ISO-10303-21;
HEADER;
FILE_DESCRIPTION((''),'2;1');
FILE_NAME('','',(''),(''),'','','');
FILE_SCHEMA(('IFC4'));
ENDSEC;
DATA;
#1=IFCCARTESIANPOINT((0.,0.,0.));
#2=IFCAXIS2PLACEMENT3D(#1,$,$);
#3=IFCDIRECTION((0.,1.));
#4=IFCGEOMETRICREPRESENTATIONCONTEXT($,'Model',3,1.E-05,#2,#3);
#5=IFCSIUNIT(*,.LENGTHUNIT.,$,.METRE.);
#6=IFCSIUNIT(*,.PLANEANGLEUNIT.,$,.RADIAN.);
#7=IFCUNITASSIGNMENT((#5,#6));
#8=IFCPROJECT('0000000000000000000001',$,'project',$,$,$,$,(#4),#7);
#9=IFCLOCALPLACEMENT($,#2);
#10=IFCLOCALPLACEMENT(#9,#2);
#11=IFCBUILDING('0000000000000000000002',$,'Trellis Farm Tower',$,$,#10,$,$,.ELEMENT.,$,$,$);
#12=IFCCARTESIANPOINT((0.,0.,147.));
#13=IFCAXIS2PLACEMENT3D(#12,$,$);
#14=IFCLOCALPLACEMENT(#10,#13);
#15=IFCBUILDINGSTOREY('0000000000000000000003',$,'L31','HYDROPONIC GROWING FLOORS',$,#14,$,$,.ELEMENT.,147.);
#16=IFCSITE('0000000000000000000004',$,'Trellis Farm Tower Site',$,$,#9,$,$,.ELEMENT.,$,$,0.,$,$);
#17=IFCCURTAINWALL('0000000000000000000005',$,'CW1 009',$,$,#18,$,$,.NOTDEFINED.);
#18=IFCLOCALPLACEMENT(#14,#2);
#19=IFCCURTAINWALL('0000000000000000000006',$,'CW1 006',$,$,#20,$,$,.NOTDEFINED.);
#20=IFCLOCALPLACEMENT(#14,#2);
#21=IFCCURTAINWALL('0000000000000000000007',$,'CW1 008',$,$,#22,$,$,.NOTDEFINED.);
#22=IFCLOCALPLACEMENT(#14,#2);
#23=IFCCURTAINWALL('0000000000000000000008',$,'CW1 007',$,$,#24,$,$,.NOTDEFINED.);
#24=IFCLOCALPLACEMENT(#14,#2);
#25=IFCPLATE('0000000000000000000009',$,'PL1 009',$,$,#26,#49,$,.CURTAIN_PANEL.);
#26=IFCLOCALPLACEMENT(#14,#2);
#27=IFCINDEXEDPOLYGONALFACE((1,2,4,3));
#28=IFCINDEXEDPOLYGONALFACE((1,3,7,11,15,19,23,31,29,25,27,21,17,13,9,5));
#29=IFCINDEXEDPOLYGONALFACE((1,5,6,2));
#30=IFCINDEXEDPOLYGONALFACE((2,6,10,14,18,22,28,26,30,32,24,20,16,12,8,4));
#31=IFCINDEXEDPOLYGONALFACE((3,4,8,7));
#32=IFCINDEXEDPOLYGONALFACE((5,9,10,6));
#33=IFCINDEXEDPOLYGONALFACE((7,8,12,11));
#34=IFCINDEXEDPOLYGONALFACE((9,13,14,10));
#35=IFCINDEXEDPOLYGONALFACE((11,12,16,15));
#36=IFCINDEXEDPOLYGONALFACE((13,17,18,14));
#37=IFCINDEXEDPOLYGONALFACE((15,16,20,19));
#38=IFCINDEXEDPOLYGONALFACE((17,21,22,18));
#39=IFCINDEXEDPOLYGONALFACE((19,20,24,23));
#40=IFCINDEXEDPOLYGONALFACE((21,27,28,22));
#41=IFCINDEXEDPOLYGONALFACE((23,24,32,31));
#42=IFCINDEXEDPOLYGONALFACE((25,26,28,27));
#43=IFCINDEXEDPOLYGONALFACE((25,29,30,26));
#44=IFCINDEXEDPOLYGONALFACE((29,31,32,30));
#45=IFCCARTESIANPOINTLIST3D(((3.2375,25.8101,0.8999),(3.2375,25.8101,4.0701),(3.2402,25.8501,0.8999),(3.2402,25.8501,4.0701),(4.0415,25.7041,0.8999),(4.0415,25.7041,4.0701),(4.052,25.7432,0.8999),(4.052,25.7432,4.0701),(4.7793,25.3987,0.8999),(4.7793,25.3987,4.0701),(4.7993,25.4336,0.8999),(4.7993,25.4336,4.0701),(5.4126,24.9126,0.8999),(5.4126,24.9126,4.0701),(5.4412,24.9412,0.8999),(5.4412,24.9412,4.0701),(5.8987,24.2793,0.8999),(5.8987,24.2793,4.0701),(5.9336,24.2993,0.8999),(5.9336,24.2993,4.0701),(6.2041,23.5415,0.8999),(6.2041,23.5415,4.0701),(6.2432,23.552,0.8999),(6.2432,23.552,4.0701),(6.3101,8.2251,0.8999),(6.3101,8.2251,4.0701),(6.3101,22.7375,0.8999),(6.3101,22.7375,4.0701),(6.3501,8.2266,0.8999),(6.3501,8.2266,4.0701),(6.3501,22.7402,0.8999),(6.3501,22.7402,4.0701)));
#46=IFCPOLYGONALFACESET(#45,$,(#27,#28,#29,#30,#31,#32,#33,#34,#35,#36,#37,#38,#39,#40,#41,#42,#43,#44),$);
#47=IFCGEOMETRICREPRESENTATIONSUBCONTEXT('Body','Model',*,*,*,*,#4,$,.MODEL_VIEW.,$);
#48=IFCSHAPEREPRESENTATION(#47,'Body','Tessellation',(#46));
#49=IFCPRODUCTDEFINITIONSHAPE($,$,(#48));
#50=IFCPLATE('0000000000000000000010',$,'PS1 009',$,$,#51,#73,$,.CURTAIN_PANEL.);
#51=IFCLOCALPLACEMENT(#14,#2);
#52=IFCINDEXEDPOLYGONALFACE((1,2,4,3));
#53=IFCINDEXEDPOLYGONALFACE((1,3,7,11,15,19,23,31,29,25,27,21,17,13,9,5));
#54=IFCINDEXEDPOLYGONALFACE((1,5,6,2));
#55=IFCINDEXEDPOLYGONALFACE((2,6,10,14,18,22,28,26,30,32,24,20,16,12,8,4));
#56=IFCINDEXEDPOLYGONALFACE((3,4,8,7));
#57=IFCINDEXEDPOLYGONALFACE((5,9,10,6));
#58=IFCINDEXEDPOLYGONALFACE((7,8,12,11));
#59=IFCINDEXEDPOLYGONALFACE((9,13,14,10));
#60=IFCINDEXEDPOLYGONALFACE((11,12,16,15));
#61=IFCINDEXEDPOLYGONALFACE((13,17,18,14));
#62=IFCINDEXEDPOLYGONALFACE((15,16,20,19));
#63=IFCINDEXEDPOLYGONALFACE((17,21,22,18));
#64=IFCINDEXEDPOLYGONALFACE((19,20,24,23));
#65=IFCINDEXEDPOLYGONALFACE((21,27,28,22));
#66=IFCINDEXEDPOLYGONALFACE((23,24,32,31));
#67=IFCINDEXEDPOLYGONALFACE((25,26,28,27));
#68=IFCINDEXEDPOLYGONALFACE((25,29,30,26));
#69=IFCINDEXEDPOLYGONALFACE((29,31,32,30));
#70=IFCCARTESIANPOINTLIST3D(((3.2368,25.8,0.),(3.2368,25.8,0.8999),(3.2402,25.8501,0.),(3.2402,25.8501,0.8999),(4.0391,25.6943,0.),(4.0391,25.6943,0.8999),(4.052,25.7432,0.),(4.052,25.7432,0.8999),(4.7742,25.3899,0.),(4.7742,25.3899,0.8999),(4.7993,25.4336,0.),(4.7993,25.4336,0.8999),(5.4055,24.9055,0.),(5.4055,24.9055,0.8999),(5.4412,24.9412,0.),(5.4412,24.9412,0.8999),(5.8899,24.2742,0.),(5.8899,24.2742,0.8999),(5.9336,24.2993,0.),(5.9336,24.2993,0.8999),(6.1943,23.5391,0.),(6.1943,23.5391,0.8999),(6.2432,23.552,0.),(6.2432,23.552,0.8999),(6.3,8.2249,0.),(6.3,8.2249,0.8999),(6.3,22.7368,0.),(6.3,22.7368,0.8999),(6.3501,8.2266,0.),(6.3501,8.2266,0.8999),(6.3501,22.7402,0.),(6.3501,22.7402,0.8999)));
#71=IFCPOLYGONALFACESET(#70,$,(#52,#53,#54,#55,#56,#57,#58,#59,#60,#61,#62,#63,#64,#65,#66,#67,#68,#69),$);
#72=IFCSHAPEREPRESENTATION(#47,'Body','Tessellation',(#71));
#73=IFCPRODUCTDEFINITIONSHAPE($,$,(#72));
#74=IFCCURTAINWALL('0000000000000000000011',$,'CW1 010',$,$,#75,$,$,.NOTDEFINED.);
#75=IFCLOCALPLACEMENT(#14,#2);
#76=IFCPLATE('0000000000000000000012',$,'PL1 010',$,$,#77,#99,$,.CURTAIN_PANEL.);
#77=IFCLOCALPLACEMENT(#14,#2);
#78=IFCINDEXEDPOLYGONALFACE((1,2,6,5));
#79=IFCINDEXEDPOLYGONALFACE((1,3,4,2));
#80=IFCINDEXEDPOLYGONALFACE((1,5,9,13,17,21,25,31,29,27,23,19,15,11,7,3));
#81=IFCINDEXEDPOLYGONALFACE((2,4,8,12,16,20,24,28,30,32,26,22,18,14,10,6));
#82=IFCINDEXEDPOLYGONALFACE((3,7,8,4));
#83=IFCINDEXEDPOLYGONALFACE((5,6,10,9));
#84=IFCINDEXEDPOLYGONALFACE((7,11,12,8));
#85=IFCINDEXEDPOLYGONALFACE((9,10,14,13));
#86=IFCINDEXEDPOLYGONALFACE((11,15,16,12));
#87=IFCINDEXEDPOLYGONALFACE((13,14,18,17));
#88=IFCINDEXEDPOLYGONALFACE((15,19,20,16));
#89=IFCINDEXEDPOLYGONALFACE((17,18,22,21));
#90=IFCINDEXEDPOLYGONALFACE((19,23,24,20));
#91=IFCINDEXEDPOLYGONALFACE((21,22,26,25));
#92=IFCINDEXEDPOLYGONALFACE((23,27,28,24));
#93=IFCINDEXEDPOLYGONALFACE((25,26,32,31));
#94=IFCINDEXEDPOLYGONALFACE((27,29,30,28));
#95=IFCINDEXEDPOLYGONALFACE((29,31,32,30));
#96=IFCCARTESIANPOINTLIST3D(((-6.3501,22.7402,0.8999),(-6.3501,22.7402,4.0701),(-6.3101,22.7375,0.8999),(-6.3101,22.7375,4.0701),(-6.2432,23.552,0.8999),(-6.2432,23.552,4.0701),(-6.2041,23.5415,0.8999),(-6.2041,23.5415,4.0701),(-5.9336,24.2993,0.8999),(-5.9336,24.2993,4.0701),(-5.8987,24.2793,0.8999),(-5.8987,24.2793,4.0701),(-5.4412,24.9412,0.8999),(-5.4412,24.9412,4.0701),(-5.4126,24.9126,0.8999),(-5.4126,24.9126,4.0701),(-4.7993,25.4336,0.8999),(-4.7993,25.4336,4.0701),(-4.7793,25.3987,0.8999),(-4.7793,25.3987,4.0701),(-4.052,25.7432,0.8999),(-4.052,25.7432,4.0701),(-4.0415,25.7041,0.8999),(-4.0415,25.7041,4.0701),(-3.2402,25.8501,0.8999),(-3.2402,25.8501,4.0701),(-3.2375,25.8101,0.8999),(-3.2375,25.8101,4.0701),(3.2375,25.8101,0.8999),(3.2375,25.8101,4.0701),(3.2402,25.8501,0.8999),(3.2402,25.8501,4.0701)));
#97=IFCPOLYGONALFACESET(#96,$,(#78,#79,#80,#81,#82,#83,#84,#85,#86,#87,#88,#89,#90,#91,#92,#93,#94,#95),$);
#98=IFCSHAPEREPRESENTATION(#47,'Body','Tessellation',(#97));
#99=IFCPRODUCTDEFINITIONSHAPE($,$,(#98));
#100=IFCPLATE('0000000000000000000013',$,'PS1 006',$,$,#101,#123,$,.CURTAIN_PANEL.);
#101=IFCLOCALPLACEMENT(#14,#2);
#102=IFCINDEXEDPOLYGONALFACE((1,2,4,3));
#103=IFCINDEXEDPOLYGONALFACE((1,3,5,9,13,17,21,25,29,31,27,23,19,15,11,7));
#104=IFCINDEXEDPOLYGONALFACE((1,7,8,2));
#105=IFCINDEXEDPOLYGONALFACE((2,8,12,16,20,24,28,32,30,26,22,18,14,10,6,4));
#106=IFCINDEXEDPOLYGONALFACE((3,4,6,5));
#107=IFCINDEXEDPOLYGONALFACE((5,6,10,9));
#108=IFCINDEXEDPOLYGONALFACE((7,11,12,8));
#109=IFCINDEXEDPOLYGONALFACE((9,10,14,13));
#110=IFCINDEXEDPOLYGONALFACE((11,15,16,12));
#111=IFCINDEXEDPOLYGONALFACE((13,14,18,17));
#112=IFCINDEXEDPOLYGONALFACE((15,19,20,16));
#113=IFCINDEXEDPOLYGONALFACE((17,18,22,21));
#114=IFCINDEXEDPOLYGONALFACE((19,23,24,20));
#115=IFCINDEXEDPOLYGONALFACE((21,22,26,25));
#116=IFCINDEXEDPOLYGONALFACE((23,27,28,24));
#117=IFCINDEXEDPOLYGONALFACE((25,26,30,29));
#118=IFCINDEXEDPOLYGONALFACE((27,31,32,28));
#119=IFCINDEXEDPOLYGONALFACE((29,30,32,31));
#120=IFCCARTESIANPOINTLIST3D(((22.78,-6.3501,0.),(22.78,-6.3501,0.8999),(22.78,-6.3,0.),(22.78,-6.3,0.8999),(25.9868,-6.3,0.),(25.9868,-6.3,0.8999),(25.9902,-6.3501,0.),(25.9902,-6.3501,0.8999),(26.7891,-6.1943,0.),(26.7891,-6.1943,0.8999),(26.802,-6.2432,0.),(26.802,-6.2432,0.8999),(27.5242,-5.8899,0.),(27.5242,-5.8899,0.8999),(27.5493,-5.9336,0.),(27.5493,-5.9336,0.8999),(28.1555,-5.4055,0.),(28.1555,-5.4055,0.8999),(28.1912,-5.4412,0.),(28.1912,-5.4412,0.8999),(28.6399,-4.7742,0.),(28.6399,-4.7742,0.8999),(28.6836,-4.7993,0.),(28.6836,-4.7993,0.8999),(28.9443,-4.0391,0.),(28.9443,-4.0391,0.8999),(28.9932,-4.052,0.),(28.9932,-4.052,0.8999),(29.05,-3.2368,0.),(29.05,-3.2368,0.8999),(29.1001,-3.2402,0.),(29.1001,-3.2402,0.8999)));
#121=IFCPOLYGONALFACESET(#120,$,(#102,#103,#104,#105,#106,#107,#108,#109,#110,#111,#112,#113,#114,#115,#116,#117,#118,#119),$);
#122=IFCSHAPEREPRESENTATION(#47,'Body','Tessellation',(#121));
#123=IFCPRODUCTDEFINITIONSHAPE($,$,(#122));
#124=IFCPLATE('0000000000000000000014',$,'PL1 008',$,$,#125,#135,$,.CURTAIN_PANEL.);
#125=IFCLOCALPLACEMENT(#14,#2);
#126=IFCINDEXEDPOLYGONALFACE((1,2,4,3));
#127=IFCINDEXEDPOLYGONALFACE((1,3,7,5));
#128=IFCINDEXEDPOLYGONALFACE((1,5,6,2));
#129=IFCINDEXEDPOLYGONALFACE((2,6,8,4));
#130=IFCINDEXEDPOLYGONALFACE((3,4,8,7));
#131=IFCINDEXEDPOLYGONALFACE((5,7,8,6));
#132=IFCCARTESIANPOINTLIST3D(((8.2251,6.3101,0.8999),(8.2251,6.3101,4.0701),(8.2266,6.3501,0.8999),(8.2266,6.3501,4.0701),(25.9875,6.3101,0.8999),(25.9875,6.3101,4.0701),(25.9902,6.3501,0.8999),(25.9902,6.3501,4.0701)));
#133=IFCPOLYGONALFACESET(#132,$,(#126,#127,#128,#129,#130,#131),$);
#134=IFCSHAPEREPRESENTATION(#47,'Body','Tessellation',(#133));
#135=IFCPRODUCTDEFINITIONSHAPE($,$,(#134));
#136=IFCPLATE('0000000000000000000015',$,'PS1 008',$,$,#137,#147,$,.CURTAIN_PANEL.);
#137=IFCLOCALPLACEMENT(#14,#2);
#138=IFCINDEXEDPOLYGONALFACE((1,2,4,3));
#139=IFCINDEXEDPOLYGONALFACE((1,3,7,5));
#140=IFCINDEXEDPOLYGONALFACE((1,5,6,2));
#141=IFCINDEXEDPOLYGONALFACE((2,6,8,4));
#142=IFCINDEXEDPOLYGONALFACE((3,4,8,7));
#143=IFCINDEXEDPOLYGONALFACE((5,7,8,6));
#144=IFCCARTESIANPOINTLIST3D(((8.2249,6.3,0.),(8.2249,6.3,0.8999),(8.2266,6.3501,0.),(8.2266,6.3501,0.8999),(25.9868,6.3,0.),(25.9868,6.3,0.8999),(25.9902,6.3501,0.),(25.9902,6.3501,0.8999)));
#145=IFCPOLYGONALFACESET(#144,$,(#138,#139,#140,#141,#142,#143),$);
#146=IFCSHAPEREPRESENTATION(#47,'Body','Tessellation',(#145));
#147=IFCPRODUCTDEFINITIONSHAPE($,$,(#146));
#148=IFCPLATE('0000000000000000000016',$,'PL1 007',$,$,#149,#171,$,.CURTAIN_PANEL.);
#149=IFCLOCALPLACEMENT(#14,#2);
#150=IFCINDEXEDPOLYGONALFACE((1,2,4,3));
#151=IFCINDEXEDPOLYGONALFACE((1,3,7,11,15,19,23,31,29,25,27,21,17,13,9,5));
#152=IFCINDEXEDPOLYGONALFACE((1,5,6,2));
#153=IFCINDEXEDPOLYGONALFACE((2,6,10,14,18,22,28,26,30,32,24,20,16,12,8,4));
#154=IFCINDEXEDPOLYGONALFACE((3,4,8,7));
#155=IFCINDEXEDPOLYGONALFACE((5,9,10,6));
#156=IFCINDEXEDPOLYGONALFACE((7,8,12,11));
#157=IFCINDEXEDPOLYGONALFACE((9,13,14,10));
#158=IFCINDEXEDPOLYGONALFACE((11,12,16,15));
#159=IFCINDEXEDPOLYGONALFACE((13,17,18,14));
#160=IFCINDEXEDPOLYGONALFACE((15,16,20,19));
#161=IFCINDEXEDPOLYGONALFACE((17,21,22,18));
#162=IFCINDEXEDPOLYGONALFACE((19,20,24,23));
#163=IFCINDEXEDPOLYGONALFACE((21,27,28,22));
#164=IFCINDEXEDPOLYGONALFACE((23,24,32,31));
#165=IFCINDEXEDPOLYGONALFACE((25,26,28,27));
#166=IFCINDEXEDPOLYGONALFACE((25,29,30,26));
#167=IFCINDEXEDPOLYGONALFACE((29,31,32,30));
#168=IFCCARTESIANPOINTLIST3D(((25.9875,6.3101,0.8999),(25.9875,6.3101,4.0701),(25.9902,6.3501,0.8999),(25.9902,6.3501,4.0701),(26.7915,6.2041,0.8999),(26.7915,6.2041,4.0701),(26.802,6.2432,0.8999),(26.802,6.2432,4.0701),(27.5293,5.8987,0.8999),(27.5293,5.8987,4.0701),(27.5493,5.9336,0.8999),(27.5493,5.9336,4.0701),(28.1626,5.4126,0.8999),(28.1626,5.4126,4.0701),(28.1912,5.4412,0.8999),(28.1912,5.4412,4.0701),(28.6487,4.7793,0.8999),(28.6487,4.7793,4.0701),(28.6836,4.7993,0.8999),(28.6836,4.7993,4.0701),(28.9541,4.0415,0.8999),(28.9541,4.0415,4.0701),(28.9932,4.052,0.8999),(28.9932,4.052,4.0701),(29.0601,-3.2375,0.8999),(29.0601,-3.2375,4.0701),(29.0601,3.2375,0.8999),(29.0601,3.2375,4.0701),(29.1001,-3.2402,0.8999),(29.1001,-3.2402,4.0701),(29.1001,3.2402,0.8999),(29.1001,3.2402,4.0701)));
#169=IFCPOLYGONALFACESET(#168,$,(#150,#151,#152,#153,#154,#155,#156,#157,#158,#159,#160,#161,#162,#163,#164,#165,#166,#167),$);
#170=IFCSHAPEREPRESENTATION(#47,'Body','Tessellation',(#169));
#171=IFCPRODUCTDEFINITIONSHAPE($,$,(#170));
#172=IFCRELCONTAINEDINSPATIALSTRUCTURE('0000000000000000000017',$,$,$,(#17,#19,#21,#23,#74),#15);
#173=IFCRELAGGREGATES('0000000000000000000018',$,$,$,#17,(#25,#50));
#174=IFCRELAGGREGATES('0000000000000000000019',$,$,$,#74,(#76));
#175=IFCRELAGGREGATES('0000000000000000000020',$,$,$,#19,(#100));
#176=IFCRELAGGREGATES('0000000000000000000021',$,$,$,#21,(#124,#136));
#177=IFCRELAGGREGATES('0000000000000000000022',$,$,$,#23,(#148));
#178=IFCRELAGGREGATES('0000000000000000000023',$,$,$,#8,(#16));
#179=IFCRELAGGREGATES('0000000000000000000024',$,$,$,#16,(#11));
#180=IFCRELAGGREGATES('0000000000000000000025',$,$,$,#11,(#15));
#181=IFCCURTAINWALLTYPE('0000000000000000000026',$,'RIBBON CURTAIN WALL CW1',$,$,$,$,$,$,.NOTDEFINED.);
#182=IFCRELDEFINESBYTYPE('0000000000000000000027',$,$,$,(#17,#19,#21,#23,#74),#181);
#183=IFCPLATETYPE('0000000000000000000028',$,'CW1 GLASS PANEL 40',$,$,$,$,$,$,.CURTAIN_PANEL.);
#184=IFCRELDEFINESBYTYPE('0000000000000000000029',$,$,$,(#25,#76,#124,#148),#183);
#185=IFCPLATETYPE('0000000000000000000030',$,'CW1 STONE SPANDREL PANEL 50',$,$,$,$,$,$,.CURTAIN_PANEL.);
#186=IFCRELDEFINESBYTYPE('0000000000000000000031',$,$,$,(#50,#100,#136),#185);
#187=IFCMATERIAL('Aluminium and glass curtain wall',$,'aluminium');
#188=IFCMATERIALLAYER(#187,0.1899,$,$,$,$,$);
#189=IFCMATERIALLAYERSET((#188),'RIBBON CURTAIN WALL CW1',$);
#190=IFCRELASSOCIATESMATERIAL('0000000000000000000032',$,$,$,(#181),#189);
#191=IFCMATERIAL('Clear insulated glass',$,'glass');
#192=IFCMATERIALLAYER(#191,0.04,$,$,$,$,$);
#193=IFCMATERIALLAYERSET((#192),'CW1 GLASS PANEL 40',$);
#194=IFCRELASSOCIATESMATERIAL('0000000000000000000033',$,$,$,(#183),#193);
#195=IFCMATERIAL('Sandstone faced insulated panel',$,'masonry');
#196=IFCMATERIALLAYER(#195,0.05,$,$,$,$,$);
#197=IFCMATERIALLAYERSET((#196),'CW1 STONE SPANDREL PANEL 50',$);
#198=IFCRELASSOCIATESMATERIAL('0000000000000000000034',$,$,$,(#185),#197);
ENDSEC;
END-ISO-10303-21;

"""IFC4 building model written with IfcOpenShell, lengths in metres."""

from ifc_helpers import new_model, si_unit, direction, frame, origin, place, context, subcontext, project, spatial, polyline, outline, extrude, source, transform, mapped, material, layer, layer_set, type_object, element, aggregate, save


model = new_model("IFC4")

# Units and contexts
model_context = context("Model", 3, precision=1e-05, world=origin(), true_north=direction((0.0, 1.0)))
body_context = subcontext(model_context, "Body", "Model", "MODEL_VIEW")
ifc_project = project(units=[si_unit("LENGTHUNIT", "METRE"), si_unit("PLANEANGLEUNIT", "RADIAN")], contexts=[model_context])

# Site, building, storey
site_placement = place(None, origin())
site = spatial("IfcSite", under=ifc_project, at=site_placement, Name="Trellis Farm Tower Site", CompositionType="ELEMENT", RefElevation=0.0)
building_placement = place(site_placement, origin())
building = spatial("IfcBuilding", under=site, at=building_placement, Name="Trellis Farm Tower", CompositionType="ELEMENT")
storey_placement = place(building_placement, frame((0.0, 0.0, 147.0)))
storey = spatial("IfcBuildingStorey", under=building, at=storey_placement, Name="L31", Description="HYDROPONIC GROWING FLOORS", CompositionType="ELEMENT", Elevation=147.0)

# Curtain walls
ifc_material_1 = material(Name="Aluminium and glass curtain wall", Category="aluminium")
placement_1 = place(storey_placement, origin())
ifc_layer_1 = layer(ifc_material_1, 0.1899)
ifc_layer_set_1 = layer_set([ifc_layer_1], Name="RIBBON CURTAIN WALL CW1")
curtain_wall_type_1 = type_object("IfcCurtainWallType", Name="RIBBON CURTAIN WALL CW1", PredefinedType="NOTDEFINED", material=ifc_layer_set_1)
curtain_wall_1 = element("IfcCurtainWall", 1, at=placement_1, inside=storey, type_object=curtain_wall_type_1, Name="CW1 009", PredefinedType="NOTDEFINED")
curtain_wall_2 = element("IfcCurtainWall", 2, at=placement_1, inside=storey, type_object=curtain_wall_type_1, Name="CW1 006", PredefinedType="NOTDEFINED")
curtain_wall_3 = element("IfcCurtainWall", 3, at=placement_1, inside=storey, type_object=curtain_wall_type_1, Name="CW1 008", PredefinedType="NOTDEFINED")
curtain_wall_4 = element("IfcCurtainWall", 4, at=placement_1, inside=storey, type_object=curtain_wall_type_1, Name="CW1 007", PredefinedType="NOTDEFINED")

# Plates
ifc_material_2 = material(Name="Clear insulated glass", Category="glass")
ifc_layer_2 = layer(ifc_material_2, 0.04)
ifc_layer_set_2 = layer_set([ifc_layer_2], Name="CW1 GLASS PANEL 40")
plate_type_1 = type_object("IfcPlateType", Name="CW1 GLASS PANEL 40", PredefinedType="CURTAIN_PANEL", material=ifc_layer_set_2)
shared_shape_1 = source(origin(), body_context, "Body", "SweptSolid", [
    extrude(outline(polyline([(6.3501, 8.2266), (6.3501, 22.7402), (6.2432, 23.552), (5.9336, 24.2993), (5.4412, 24.9412), (4.7993, 25.4336), (4.052, 25.7432), (3.2402, 25.8501), (3.2375, 25.8101), (4.0415, 25.7041), (4.7793, 25.3987), (5.4126, 24.9126), (5.8987, 24.2793), (6.2041, 23.5415), (6.3101, 22.7375), (6.3101, 8.2251), (6.3501, 8.2266)])), origin(), (0.0, 0.0, 1.0), 3.1702),
])
placement_2 = place(storey_placement, frame((0.0, 0.0, 0.8999)))
plate_1 = element("IfcPlate", 5, at=placement_2, type_object=plate_type_1, Name="PL1 009", PredefinedType="CURTAIN_PANEL", context=body_context, shape_type="MappedRepresentation", body=[
    mapped(shared_shape_1, transform((0.0, 0.0, 0.0))),
])
ifc_material_3 = material(Name="Sandstone faced insulated panel", Category="masonry")
ifc_layer_3 = layer(ifc_material_3, 0.05)
ifc_layer_set_3 = layer_set([ifc_layer_3], Name="CW1 STONE SPANDREL PANEL 50")
plate_type_2 = type_object("IfcPlateType", Name="CW1 STONE SPANDREL PANEL 50", PredefinedType="CURTAIN_PANEL", material=ifc_layer_set_3)
shared_shape_2 = source(origin(), body_context, "Body", "SweptSolid", [
    extrude(outline(polyline([(6.3501, 8.2266), (6.3501, 22.7402), (6.2432, 23.552), (5.9336, 24.2993), (5.4412, 24.9412), (4.7993, 25.4336), (4.052, 25.7432), (3.2402, 25.8501), (3.2368, 25.8), (4.0391, 25.6943), (4.7742, 25.3899), (5.4055, 24.9055), (5.8899, 24.2742), (6.1943, 23.5391), (6.3, 22.7368), (6.3, 8.2249), (6.3501, 8.2266)])), origin(), (0.0, 0.0, 1.0), 0.8999),
])
plate_2 = element("IfcPlate", 6, at=placement_1, type_object=plate_type_2, Name="PS1 009", PredefinedType="CURTAIN_PANEL", context=body_context, shape_type="MappedRepresentation", body=[
    mapped(shared_shape_2, transform((0.0, 0.0, 0.0))),
])
aggregate(curtain_wall_1, [plate_1, plate_2])

# Curtain wall, plate
curtain_wall_5 = element("IfcCurtainWall", 7, at=placement_1, inside=storey, type_object=curtain_wall_type_1, Name="CW1 010", PredefinedType="NOTDEFINED")
shared_shape_3 = source(origin(), body_context, "Body", "SweptSolid", [
    extrude(outline(polyline([(3.2402, 25.8501), (-3.2402, 25.8501), (-4.052, 25.7432), (-4.7993, 25.4336), (-5.4412, 24.9412), (-5.9336, 24.2993), (-6.2432, 23.552), (-6.3501, 22.7402), (-6.3101, 22.7375), (-6.2041, 23.5415), (-5.8987, 24.2793), (-5.4126, 24.9126), (-4.7793, 25.3987), (-4.0415, 25.7041), (-3.2375, 25.8101), (3.2375, 25.8101), (3.2402, 25.8501)])), origin(), (0.0, 0.0, 1.0), 3.1702),
])
plate_3 = element("IfcPlate", 8, at=placement_2, type_object=plate_type_1, Name="PL1 010", PredefinedType="CURTAIN_PANEL", context=body_context, shape_type="MappedRepresentation", body=[
    mapped(shared_shape_3, transform((0.0, 0.0, 0.0))),
])
aggregate(curtain_wall_5, [plate_3])

# Plates
shared_shape_4 = source(origin(), body_context, "Body", "SweptSolid", [
    extrude(outline(polyline([(22.78, -6.3501), (25.9902, -6.3501), (26.802, -6.2432), (27.5493, -5.9336), (28.1912, -5.4412), (28.6836, -4.7993), (28.9932, -4.052), (29.1001, -3.2402), (29.05, -3.2368), (28.9443, -4.0391), (28.6399, -4.7742), (28.1555, -5.4055), (27.5242, -5.8899), (26.7891, -6.1943), (25.9868, -6.3), (22.78, -6.3), (22.78, -6.3501)])), origin(), (0.0, 0.0, 1.0), 0.8999),
])
plate_4 = element("IfcPlate", 9, at=placement_1, type_object=plate_type_2, Name="PS1 006", PredefinedType="CURTAIN_PANEL", context=body_context, shape_type="MappedRepresentation", body=[
    mapped(shared_shape_4, transform((0.0, 0.0, 0.0))),
])
aggregate(curtain_wall_2, [plate_4])
shared_shape_5 = source(origin(), body_context, "Body", "SweptSolid", [
    extrude(outline(polyline([(25.9902, 6.3501), (8.2266, 6.3501), (8.2251, 6.3101), (25.9875, 6.3101), (25.9902, 6.3501)])), origin(), (0.0, 0.0, 1.0), 3.1702),
])
plate_5 = element("IfcPlate", 10, at=placement_2, type_object=plate_type_1, Name="PL1 008", PredefinedType="CURTAIN_PANEL", context=body_context, shape_type="MappedRepresentation", body=[
    mapped(shared_shape_5, transform((0.0, 0.0, 0.0))),
])
shared_shape_6 = source(origin(), body_context, "Body", "SweptSolid", [
    extrude(outline(polyline([(25.9902, 6.3501), (8.2266, 6.3501), (8.2249, 6.3), (25.9868, 6.3), (25.9902, 6.3501)])), origin(), (0.0, 0.0, 1.0), 0.8999),
])
plate_6 = element("IfcPlate", 11, at=placement_1, type_object=plate_type_2, Name="PS1 008", PredefinedType="CURTAIN_PANEL", context=body_context, shape_type="MappedRepresentation", body=[
    mapped(shared_shape_6, transform((0.0, 0.0, 0.0))),
])
aggregate(curtain_wall_3, [plate_5, plate_6])
shared_shape_7 = source(origin(), body_context, "Body", "SweptSolid", [
    extrude(outline(polyline([(29.1001, -3.2402), (29.1001, 3.2402), (28.9932, 4.052), (28.6836, 4.7993), (28.1912, 5.4412), (27.5493, 5.9336), (26.802, 6.2432), (25.9902, 6.3501), (25.9875, 6.3101), (26.7915, 6.2041), (27.5293, 5.8987), (28.1626, 5.4126), (28.6487, 4.7793), (28.9541, 4.0415), (29.0601, 3.2375), (29.0601, -3.2375), (29.1001, -3.2402)])), origin(), (0.0, 0.0, 1.0), 3.1702),
])
plate_7 = element("IfcPlate", 12, at=placement_2, type_object=plate_type_1, Name="PL1 007", PredefinedType="CURTAIN_PANEL", context=body_context, shape_type="MappedRepresentation", body=[
    mapped(shared_shape_7, transform((0.0, 0.0, 0.0))),
])
aggregate(curtain_wall_4, [plate_7])

save(model, "model.ifc")
